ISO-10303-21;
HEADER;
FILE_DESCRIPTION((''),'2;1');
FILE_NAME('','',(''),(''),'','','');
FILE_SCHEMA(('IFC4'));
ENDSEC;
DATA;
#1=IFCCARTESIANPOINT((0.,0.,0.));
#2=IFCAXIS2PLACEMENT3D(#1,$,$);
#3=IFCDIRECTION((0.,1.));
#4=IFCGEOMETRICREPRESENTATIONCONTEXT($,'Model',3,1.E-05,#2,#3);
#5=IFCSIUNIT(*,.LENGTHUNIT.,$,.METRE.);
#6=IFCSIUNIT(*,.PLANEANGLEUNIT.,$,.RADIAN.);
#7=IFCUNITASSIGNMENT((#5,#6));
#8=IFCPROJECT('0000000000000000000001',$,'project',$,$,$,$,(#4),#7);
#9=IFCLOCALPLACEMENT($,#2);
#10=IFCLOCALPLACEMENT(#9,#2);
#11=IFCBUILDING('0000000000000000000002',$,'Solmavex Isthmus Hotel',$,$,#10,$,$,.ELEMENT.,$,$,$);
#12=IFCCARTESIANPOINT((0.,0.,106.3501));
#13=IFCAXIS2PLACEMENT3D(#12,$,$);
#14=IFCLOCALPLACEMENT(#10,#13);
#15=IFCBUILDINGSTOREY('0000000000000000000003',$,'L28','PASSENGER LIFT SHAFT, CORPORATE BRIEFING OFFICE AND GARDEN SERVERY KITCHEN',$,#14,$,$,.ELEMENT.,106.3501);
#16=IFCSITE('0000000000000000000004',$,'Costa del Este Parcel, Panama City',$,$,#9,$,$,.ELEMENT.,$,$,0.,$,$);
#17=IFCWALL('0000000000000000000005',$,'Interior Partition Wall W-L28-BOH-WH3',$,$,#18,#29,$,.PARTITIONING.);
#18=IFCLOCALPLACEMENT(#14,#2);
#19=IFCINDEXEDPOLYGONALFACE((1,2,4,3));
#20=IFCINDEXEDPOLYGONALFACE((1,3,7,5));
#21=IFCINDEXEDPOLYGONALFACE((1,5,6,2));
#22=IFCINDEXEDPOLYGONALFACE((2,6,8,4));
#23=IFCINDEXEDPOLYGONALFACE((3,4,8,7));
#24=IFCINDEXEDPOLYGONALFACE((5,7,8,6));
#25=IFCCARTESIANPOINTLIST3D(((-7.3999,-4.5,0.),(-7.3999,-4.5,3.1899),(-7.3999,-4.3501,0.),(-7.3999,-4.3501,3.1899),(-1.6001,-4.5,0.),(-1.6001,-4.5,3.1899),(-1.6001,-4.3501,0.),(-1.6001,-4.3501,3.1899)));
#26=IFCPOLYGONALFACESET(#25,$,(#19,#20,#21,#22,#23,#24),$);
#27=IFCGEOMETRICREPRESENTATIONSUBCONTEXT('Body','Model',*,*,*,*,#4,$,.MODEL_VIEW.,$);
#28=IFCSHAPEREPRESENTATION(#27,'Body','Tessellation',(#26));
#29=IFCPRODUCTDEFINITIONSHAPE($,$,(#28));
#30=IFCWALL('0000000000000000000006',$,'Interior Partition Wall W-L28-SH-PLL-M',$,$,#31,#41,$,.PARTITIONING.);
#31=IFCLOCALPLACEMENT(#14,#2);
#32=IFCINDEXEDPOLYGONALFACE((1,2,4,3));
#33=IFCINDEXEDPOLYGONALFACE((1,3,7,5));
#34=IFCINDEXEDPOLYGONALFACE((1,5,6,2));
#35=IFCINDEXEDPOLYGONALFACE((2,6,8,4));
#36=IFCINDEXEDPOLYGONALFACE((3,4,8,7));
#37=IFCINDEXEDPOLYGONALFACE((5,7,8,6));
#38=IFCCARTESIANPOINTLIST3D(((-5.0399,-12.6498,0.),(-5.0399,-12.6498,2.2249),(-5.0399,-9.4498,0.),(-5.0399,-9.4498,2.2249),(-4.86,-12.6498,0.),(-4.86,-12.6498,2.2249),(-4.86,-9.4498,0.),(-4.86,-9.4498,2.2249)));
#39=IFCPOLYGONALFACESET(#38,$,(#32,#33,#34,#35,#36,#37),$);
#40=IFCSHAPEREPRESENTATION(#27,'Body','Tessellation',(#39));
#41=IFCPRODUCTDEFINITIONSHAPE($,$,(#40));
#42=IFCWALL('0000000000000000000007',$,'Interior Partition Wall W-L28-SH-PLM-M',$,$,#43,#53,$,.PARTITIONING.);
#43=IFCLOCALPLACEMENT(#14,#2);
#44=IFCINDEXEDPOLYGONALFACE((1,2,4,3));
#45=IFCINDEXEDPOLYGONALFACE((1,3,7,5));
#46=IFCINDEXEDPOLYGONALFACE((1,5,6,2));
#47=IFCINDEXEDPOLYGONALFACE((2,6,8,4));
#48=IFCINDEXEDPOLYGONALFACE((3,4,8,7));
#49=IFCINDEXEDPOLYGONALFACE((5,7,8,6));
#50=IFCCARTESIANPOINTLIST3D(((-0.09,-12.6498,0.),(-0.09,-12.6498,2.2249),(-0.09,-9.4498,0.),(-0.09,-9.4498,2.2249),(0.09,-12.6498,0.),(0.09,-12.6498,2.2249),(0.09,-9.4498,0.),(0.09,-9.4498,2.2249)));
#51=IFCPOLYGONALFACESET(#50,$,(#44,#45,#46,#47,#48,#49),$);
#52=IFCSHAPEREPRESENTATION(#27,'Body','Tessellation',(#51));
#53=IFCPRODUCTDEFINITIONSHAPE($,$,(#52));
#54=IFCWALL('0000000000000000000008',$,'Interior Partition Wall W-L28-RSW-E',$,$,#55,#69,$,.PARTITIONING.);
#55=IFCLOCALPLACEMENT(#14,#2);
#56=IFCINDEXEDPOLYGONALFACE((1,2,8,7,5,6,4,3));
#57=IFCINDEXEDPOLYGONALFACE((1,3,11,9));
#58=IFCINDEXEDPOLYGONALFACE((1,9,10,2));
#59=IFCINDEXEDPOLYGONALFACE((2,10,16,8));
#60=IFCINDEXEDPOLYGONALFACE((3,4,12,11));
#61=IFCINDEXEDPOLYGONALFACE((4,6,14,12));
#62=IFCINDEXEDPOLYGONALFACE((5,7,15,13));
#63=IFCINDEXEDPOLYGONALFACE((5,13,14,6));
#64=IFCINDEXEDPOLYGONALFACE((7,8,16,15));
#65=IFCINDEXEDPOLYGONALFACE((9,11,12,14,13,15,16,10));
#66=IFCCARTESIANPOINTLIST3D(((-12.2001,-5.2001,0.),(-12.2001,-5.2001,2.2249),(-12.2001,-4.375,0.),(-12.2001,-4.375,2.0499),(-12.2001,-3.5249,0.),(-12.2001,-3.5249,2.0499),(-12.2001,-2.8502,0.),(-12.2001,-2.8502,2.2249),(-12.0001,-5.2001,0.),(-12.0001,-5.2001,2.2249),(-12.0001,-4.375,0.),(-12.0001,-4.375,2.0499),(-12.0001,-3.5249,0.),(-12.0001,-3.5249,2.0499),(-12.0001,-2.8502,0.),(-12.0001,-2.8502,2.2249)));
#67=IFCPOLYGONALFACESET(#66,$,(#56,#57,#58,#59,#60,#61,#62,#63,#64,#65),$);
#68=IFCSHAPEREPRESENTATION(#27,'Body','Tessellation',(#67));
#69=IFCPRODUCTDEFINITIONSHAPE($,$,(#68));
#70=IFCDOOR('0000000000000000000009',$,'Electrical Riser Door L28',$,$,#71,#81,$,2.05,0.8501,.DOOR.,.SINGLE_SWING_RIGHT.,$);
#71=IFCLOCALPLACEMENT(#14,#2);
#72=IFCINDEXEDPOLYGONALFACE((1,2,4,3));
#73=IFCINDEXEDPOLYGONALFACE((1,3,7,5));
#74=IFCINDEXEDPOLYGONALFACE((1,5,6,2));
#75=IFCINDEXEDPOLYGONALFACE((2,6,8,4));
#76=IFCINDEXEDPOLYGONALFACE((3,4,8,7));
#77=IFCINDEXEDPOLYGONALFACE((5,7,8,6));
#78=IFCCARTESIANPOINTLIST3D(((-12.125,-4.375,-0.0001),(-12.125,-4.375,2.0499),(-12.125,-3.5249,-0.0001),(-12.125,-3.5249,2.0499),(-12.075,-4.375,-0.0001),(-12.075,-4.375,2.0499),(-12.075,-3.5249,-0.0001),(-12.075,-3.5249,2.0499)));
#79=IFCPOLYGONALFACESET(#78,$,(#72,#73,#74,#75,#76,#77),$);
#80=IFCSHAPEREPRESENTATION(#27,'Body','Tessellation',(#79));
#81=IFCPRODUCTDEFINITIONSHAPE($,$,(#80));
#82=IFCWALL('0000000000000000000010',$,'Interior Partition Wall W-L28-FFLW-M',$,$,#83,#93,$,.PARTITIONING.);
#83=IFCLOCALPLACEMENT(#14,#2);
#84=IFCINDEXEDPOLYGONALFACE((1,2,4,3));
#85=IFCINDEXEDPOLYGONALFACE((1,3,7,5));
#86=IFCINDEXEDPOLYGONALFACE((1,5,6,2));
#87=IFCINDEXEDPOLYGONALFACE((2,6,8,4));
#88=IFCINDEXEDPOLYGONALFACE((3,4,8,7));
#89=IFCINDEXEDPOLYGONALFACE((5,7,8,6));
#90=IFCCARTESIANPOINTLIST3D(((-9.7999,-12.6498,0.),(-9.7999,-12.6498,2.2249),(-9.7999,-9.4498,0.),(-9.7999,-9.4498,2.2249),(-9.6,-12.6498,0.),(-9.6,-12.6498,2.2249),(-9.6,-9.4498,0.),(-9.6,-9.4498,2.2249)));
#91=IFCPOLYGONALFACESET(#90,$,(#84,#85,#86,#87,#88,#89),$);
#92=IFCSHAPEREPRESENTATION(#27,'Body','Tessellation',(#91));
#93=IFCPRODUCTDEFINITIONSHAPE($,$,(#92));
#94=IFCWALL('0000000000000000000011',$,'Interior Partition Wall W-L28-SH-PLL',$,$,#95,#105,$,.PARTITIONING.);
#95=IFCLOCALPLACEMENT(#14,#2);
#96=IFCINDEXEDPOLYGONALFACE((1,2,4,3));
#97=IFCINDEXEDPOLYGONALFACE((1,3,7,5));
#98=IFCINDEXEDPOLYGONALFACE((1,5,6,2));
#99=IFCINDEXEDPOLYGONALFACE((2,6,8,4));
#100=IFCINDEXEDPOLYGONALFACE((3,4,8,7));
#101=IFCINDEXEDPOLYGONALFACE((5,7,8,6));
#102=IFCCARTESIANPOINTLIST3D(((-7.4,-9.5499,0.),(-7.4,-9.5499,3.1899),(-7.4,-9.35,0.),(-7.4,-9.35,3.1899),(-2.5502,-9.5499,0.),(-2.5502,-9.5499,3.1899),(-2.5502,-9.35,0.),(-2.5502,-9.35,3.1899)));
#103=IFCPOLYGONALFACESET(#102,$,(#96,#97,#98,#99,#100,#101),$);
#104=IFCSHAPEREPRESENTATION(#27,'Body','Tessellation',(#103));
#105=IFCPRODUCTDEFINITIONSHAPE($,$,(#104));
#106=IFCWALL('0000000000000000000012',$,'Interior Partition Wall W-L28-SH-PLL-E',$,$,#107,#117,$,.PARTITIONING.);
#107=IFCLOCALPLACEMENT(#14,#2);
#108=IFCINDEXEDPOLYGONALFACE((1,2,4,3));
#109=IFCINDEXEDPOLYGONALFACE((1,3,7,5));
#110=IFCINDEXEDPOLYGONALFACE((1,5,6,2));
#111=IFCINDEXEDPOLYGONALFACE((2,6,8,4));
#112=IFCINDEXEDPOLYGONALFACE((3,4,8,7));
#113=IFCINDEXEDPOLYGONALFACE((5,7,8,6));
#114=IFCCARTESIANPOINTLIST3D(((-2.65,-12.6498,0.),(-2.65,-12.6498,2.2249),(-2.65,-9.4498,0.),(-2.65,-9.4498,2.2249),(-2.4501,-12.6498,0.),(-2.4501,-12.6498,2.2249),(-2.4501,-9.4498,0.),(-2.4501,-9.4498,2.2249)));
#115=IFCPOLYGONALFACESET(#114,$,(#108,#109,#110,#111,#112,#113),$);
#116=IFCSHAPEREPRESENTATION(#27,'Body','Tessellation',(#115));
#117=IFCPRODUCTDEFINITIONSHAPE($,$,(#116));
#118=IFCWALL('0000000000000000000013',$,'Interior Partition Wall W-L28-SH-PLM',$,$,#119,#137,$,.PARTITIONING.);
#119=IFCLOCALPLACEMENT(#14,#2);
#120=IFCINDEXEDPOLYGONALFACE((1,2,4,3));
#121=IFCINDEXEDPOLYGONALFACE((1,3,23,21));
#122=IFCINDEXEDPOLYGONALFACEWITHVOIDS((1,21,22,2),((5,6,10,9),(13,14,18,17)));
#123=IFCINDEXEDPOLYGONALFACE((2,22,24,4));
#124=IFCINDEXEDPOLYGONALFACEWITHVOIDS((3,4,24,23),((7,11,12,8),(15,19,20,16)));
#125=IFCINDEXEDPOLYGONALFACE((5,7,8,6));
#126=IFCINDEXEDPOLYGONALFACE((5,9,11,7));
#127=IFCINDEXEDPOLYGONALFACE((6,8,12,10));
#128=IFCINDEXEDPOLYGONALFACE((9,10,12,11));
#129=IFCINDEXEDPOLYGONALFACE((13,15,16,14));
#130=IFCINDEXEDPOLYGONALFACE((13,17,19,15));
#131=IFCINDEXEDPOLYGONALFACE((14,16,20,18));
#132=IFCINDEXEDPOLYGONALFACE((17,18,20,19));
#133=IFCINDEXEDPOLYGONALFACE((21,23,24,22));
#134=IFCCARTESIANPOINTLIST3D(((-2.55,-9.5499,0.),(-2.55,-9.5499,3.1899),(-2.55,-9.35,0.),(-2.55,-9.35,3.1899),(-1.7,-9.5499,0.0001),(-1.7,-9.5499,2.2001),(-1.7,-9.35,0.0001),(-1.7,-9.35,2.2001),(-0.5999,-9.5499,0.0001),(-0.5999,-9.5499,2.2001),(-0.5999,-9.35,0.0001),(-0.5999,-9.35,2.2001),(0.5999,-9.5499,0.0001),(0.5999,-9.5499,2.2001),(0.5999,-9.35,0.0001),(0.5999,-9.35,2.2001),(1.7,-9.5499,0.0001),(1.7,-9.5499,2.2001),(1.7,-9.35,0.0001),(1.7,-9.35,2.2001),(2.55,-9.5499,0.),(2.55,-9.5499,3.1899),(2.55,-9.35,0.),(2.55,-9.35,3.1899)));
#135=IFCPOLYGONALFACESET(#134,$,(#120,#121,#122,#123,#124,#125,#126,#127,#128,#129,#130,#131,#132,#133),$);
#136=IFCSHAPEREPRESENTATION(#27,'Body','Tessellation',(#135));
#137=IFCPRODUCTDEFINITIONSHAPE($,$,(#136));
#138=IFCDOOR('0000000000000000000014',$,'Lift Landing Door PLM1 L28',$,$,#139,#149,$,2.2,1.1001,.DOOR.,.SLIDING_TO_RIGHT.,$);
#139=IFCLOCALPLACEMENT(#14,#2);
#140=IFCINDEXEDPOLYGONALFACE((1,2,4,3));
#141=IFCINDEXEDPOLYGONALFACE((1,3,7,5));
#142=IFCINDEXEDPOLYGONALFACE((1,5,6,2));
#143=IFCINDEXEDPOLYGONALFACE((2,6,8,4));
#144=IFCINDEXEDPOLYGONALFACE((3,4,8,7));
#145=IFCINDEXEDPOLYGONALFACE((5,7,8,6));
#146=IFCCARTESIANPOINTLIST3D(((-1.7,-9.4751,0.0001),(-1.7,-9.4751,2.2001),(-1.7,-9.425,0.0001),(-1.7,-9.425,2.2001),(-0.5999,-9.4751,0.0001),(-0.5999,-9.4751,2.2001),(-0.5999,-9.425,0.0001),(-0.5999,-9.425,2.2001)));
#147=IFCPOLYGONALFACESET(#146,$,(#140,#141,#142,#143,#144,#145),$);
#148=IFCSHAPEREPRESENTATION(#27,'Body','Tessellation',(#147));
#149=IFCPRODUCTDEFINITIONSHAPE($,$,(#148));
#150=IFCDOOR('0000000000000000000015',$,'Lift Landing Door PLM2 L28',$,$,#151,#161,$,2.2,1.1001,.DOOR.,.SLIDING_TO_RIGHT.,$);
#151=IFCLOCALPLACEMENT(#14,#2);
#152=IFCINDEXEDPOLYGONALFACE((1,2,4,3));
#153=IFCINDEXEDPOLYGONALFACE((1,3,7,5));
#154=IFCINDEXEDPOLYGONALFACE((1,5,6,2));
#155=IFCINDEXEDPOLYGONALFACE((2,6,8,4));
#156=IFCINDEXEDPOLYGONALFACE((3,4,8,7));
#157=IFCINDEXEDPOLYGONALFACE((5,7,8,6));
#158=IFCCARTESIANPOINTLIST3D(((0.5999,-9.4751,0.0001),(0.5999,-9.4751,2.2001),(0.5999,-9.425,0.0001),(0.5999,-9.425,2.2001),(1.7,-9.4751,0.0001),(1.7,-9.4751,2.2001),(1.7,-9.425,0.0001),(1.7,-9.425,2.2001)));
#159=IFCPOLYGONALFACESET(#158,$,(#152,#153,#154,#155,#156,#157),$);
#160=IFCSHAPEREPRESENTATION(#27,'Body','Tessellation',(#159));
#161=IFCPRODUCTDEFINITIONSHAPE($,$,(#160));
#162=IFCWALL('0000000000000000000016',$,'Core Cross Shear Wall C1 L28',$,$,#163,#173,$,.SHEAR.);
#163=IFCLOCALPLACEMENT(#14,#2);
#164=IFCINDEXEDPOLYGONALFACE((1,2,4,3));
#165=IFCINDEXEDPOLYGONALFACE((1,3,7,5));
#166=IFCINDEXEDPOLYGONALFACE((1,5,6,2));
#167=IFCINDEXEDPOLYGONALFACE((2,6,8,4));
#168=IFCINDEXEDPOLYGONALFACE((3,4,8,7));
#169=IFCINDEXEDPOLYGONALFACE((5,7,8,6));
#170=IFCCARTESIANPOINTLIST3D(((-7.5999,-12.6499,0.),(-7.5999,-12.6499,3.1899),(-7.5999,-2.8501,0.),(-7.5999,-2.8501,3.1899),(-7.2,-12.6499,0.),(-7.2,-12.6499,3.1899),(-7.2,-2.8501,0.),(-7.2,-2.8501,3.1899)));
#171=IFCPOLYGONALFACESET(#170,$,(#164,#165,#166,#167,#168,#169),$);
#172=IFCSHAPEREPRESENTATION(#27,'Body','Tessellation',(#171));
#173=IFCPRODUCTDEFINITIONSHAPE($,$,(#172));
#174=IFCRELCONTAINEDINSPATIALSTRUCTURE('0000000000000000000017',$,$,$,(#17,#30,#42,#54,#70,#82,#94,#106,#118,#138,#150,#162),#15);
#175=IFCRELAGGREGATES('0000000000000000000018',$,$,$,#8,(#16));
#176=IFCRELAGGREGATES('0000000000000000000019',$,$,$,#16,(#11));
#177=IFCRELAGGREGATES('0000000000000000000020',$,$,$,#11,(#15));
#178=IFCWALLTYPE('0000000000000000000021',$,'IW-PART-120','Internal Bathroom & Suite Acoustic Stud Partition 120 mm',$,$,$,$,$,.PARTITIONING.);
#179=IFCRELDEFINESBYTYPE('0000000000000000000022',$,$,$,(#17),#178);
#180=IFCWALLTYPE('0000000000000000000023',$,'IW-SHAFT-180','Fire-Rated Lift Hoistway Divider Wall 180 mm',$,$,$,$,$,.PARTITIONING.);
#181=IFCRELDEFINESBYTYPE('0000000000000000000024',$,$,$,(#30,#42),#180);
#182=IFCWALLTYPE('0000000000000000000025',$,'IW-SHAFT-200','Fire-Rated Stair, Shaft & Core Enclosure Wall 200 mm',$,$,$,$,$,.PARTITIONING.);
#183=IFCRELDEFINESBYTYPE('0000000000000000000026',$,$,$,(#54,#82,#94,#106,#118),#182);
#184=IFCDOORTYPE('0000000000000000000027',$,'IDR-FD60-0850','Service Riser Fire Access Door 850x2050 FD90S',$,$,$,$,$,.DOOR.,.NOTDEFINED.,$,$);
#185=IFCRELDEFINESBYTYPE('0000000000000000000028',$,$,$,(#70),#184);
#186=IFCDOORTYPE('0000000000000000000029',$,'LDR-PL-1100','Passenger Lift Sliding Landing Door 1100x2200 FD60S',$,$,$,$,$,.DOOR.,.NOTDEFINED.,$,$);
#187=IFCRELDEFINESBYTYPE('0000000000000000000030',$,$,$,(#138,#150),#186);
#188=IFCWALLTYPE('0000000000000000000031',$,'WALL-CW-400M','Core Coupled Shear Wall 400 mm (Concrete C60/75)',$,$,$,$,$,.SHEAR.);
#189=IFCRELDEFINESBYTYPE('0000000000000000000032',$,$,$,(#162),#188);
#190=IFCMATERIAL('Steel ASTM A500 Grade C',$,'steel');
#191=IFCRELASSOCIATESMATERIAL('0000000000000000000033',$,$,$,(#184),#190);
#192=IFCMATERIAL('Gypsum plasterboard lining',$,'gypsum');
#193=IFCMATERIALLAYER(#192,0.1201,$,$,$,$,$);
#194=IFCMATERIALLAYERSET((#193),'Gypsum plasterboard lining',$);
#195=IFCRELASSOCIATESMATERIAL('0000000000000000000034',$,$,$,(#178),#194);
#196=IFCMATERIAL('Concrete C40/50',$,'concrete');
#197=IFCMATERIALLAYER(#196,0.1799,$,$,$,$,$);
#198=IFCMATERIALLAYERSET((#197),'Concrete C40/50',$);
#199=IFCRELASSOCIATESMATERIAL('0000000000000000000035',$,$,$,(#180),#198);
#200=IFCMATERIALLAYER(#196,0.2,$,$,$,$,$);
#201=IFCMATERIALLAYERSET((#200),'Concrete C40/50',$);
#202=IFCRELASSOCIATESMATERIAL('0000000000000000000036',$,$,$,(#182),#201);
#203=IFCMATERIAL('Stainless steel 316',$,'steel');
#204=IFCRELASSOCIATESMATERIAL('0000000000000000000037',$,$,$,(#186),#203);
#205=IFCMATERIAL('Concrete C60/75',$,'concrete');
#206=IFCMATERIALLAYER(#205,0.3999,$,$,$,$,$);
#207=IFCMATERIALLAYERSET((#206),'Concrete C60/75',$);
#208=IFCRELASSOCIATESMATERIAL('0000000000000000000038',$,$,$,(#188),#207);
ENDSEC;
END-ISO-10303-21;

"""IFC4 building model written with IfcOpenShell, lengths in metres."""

from ifc_helpers import new_model, si_unit, direction, frame, frame_2d, origin, place, context, subcontext, project, spatial, rectangle, extrude, material, layer, layer_set, type_object, element, fill, save


model = new_model("IFC4")

# Units and contexts
model_context = context("Model", 3, precision=1e-05, world=origin(), true_north=direction((0.0, 1.0)))
body_context = subcontext(model_context, "Body", "Model", "MODEL_VIEW")
ifc_project = project(units=[si_unit("LENGTHUNIT", "METRE"), si_unit("PLANEANGLEUNIT", "RADIAN")], contexts=[model_context])

# Site, building, storey
site_placement = place(None, origin())
site = spatial("IfcSite", under=ifc_project, at=site_placement, Name="Costa del Este Parcel, Panama City", CompositionType="ELEMENT", RefElevation=0.0)
building_placement = place(site_placement, origin())
building = spatial("IfcBuilding", under=site, at=building_placement, Name="Solmavex Isthmus Hotel", CompositionType="ELEMENT")
storey_placement = place(building_placement, frame((0.0, 0.0, 106.3501)))
storey = spatial("IfcBuildingStorey", under=building, at=storey_placement, Name="L28", Description="PASSENGER LIFT SHAFT, CORPORATE BRIEFING OFFICE AND GARDEN SERVERY KITCHEN", CompositionType="ELEMENT", Elevation=106.3501)

# Shared definitions
ifc_material_1 = material(Name="Concrete C60/75", Category="concrete")

# Shared definitions
ifc_material_2 = material(Name="Concrete C40/50", Category="concrete")

# Shared definitions
ifc_material_3 = material(Name="Gypsum plasterboard lining", Category="gypsum")

# Shared definitions
ifc_material_4 = material(Name="Steel ASTM A500 Grade C", Category="steel")
door_type_1 = type_object("IfcDoorType", Name="IDR-FD60-0850", Description="Service Riser Fire Access Door 850x2050 FD90S", OperationType="NOTDEFINED", PredefinedType="DOOR", material=ifc_material_4)

# Walls
ifc_layer_1 = layer(ifc_material_3, 0.1201)
ifc_layer_set_1 = layer_set([ifc_layer_1], Name="Gypsum plasterboard lining")
wall_type_1 = type_object("IfcWallType", Name="IW-PART-120", Description="Internal Bathroom & Suite Acoustic Stud Partition 120 mm", PredefinedType="PARTITIONING", material=ifc_layer_set_1)
wall_1_placement = place(storey_placement, frame((-7.3999, -4.425, 0.0), z_axis=(0.0, 0.0, 1.0), x_axis=(1.0, 0.0, 0.0)))
element("IfcWall", 1, at=wall_1_placement, inside=storey, type_object=wall_type_1, Name="Interior Partition Wall W-L28-BOH-WH3", PredefinedType="PARTITIONING", context=body_context, shape_type="SweptSolid", body=[
    extrude(rectangle(XDim=5.7998, YDim=0.1499, at=frame_2d((2.8999, 0.0))), origin(), (0.0, 0.0, 1.0), 3.1899),
])
ifc_layer_2 = layer(ifc_material_2, 0.1799)
ifc_layer_set_2 = layer_set([ifc_layer_2], Name="Concrete C40/50")
wall_type_2 = type_object("IfcWallType", Name="IW-SHAFT-180", Description="Fire-Rated Lift Hoistway Divider Wall 180 mm", PredefinedType="PARTITIONING", material=ifc_layer_set_2)
for number, where, z_axis, x_axis, name in (
    (2, (-4.95, -12.6499, 0.0), (0.0, 0.0, 1.0), (0.0, 1.0, 0.0), "Interior Partition Wall W-L28-SH-PLL-M"),
    (3, (0.0, -12.6499, 0.0), (0.0, 0.0, 1.0), (0.0, 1.0, 0.0), "Interior Partition Wall W-L28-SH-PLM-M"),
):
    element("IfcWall", number, at=place(storey_placement, frame(where, z_axis=z_axis, x_axis=x_axis)), inside=storey, type_object=wall_type_2, Name=name, PredefinedType="PARTITIONING", context=body_context, shape_type="SweptSolid", body=[
        extrude(rectangle(XDim=3.2, YDim=0.1799, at=frame_2d((1.6001, 0.0))), origin(), (0.0, 0.0, 1.0), 2.2249),
    ])

# Wall, opening, door
ifc_layer_3 = layer(ifc_material_2, 0.2)
ifc_layer_set_3 = layer_set([ifc_layer_3], Name="Concrete C40/50")
wall_type_3 = type_object("IfcWallType", Name="IW-SHAFT-200", Description="Fire-Rated Stair, Shaft & Core Enclosure Wall 200 mm", PredefinedType="PARTITIONING", material=ifc_layer_set_3)
wall_2_placement = place(storey_placement, frame((-12.1001, -5.2, 0.0), z_axis=(0.0, 0.0, 1.0), x_axis=(0.0, 1.0, 0.0)))
wall_2 = element("IfcWall", 4, at=wall_2_placement, inside=storey, type_object=wall_type_3, Name="Interior Partition Wall W-L28-RSW-E", PredefinedType="PARTITIONING", context=body_context, shape_type="SweptSolid", body=[
    extrude(rectangle(XDim=2.3499, YDim=0.2, at=frame_2d((1.1748, 0.0))), origin(), (0.0, 0.0, 1.0), 2.2249),
])
opening_1_placement = place(wall_2_placement, frame((0.825, 0.0, 0.0)))
opening_1 = element("IfcOpeningElement", 5, at=opening_1_placement, cuts=wall_2, PredefinedType="OPENING", context=body_context, shape_type="SweptSolid", body=[
    extrude(rectangle(XDim=0.8501, YDim=2.05, at=frame_2d((0.425, 1.0249))), frame((0.0, 0.1099, 0.0), z_axis=(0.0, -1.0, 0.0), x_axis=(1.0, 0.0, 0.0)), (0.0, 0.0, 1.0), 0.22),
])
door_1_placement = place(opening_1_placement, origin())
door_1 = element("IfcDoor", 6, at=door_1_placement, inside=storey, type_object=door_type_1, Name="Electrical Riser Door L28", OperationType="SINGLE_SWING_RIGHT", OverallHeight=2.05, OverallWidth=0.8501, PredefinedType="DOOR", context=body_context, shape_type="SweptSolid", body=[
    extrude(rectangle(XDim=0.8501, YDim=2.05, at=frame_2d((0.425, 1.0249))), frame((0.0, 0.0249, 0.0), z_axis=(0.0, -1.0, 0.0), x_axis=(1.0, 0.0, 0.0)), (0.0, 0.0, 1.0), 0.05),
])
fill(opening_1, door_1)

# Walls
wall_3_placement = place(storey_placement, frame((-9.7, -12.6499, 0.0), z_axis=(0.0, 0.0, 1.0), x_axis=(0.0, 1.0, 0.0)))
element("IfcWall", 7, at=wall_3_placement, inside=storey, type_object=wall_type_3, Name="Interior Partition Wall W-L28-FFLW-M", PredefinedType="PARTITIONING", context=body_context, shape_type="SweptSolid", body=[
    extrude(rectangle(XDim=3.2, YDim=0.2, at=frame_2d((1.6001, 0.0))), origin(), (0.0, 0.0, 1.0), 2.2249),
])
wall_4_placement = place(storey_placement, frame((-7.3999, -9.45, 0.0), z_axis=(0.0, 0.0, 1.0), x_axis=(1.0, 0.0, 0.0)))
element("IfcWall", 8, at=wall_4_placement, inside=storey, type_object=wall_type_3, Name="Interior Partition Wall W-L28-SH-PLL", PredefinedType="PARTITIONING", context=body_context, shape_type="SweptSolid", body=[
    extrude(rectangle(XDim=4.8499, YDim=0.2, at=frame_2d((2.4248, 0.0))), origin(), (0.0, 0.0, 1.0), 3.1899),
])
wall_5_placement = place(storey_placement, frame((-2.55, -12.6499, 0.0), z_axis=(0.0, 0.0, 1.0), x_axis=(0.0, 1.0, 0.0)))
element("IfcWall", 9, at=wall_5_placement, inside=storey, type_object=wall_type_3, Name="Interior Partition Wall W-L28-SH-PLL-E", PredefinedType="PARTITIONING", context=body_context, shape_type="SweptSolid", body=[
    extrude(rectangle(XDim=3.2, YDim=0.2, at=frame_2d((1.6001, 0.0))), origin(), (0.0, 0.0, 1.0), 2.2249),
])

# Wall, openings, doors
wall_6_placement = place(storey_placement, frame((-2.55, -9.45, 0.0), z_axis=(0.0, 0.0, 1.0), x_axis=(1.0, 0.0, 0.0)))
wall_6 = element("IfcWall", 10, at=wall_6_placement, inside=storey, type_object=wall_type_3, Name="Interior Partition Wall W-L28-SH-PLM", PredefinedType="PARTITIONING", context=body_context, shape_type="SweptSolid", body=[
    extrude(rectangle(XDim=5.1001, YDim=0.2, at=frame_2d((2.55, 0.0))), origin(), (0.0, 0.0, 1.0), 3.1899),
])
opening_2_placement = place(wall_6_placement, frame((0.8501, 0.0, 0.0)))
opening_2 = element("IfcOpeningElement", 11, at=opening_2_placement, cuts=wall_6, PredefinedType="OPENING", context=body_context, shape_type="SweptSolid", body=[
    extrude(rectangle(XDim=1.1001, YDim=2.2, at=frame_2d((0.55, 1.1001))), frame((0.0, 0.1099, 0.0), z_axis=(0.0, -1.0, 0.0), x_axis=(1.0, 0.0, 0.0)), (0.0, 0.0, 1.0), 0.22),
])
opening_3_placement = place(wall_6_placement, frame((3.1499, 0.0, 0.0)))
opening_3 = element("IfcOpeningElement", 12, at=opening_3_placement, cuts=wall_6, PredefinedType="OPENING", context=body_context, shape_type="SweptSolid", body=[
    extrude(rectangle(XDim=1.1001, YDim=2.2, at=frame_2d((0.55, 1.1001))), frame((0.0, 0.1099, 0.0), z_axis=(0.0, -1.0, 0.0), x_axis=(1.0, 0.0, 0.0)), (0.0, 0.0, 1.0), 0.22),
])
ifc_material_5 = material(Name="Stainless steel 316", Category="steel")
door_type_2 = type_object("IfcDoorType", Name="LDR-PL-1100", Description="Passenger Lift Sliding Landing Door 1100x2200 FD60S", OperationType="NOTDEFINED", PredefinedType="DOOR", material=ifc_material_5)
door_2_placement = place(opening_2_placement, origin())
door_2 = element("IfcDoor", 13, at=door_2_placement, inside=storey, type_object=door_type_2, Name="Lift Landing Door PLM1 L28", OperationType="SLIDING_TO_RIGHT", OverallHeight=2.2, OverallWidth=1.1001, PredefinedType="DOOR", context=body_context, shape_type="SweptSolid", body=[
    extrude(rectangle(XDim=1.1001, YDim=2.2, at=frame_2d((0.55, 1.1001))), frame((0.0, 0.0249, 0.0), z_axis=(0.0, -1.0, 0.0), x_axis=(1.0, 0.0, 0.0)), (0.0, 0.0, 1.0), 0.05),
])
fill(opening_2, door_2)
door_3_placement = place(opening_3_placement, origin())
door_3 = element("IfcDoor", 14, at=door_3_placement, inside=storey, type_object=door_type_2, Name="Lift Landing Door PLM2 L28", OperationType="SLIDING_TO_RIGHT", OverallHeight=2.2, OverallWidth=1.1001, PredefinedType="DOOR", context=body_context, shape_type="SweptSolid", body=[
    extrude(rectangle(XDim=1.1001, YDim=2.2, at=frame_2d((0.55, 1.1001))), frame((0.0, 0.0249, 0.0), z_axis=(0.0, -1.0, 0.0), x_axis=(1.0, 0.0, 0.0)), (0.0, 0.0, 1.0), 0.05),
])
fill(opening_3, door_3)

# Wall
ifc_layer_4 = layer(ifc_material_1, 0.3999)
ifc_layer_set_4 = layer_set([ifc_layer_4], Name="Concrete C60/75")
wall_type_4 = type_object("IfcWallType", Name="WALL-CW-400M", Description="Core Coupled Shear Wall 400 mm (Concrete C60/75)", PredefinedType="SHEAR", material=ifc_layer_set_4)
wall_7_placement = place(storey_placement, frame((-7.3999, -12.6499, 0.0), z_axis=(0.0, 0.0, 1.0), x_axis=(0.0, 1.0, 0.0)))
element("IfcWall", 15, at=wall_7_placement, inside=storey, type_object=wall_type_4, Name="Core Cross Shear Wall C1 L28", PredefinedType="SHEAR", context=body_context, shape_type="SweptSolid", body=[
    extrude(rectangle(XDim=9.7998, YDim=0.3999, at=frame_2d((4.8999, 0.0))), origin(), (0.0, 0.0, 1.0), 3.1899),
])

save(model, "model.ifc")
